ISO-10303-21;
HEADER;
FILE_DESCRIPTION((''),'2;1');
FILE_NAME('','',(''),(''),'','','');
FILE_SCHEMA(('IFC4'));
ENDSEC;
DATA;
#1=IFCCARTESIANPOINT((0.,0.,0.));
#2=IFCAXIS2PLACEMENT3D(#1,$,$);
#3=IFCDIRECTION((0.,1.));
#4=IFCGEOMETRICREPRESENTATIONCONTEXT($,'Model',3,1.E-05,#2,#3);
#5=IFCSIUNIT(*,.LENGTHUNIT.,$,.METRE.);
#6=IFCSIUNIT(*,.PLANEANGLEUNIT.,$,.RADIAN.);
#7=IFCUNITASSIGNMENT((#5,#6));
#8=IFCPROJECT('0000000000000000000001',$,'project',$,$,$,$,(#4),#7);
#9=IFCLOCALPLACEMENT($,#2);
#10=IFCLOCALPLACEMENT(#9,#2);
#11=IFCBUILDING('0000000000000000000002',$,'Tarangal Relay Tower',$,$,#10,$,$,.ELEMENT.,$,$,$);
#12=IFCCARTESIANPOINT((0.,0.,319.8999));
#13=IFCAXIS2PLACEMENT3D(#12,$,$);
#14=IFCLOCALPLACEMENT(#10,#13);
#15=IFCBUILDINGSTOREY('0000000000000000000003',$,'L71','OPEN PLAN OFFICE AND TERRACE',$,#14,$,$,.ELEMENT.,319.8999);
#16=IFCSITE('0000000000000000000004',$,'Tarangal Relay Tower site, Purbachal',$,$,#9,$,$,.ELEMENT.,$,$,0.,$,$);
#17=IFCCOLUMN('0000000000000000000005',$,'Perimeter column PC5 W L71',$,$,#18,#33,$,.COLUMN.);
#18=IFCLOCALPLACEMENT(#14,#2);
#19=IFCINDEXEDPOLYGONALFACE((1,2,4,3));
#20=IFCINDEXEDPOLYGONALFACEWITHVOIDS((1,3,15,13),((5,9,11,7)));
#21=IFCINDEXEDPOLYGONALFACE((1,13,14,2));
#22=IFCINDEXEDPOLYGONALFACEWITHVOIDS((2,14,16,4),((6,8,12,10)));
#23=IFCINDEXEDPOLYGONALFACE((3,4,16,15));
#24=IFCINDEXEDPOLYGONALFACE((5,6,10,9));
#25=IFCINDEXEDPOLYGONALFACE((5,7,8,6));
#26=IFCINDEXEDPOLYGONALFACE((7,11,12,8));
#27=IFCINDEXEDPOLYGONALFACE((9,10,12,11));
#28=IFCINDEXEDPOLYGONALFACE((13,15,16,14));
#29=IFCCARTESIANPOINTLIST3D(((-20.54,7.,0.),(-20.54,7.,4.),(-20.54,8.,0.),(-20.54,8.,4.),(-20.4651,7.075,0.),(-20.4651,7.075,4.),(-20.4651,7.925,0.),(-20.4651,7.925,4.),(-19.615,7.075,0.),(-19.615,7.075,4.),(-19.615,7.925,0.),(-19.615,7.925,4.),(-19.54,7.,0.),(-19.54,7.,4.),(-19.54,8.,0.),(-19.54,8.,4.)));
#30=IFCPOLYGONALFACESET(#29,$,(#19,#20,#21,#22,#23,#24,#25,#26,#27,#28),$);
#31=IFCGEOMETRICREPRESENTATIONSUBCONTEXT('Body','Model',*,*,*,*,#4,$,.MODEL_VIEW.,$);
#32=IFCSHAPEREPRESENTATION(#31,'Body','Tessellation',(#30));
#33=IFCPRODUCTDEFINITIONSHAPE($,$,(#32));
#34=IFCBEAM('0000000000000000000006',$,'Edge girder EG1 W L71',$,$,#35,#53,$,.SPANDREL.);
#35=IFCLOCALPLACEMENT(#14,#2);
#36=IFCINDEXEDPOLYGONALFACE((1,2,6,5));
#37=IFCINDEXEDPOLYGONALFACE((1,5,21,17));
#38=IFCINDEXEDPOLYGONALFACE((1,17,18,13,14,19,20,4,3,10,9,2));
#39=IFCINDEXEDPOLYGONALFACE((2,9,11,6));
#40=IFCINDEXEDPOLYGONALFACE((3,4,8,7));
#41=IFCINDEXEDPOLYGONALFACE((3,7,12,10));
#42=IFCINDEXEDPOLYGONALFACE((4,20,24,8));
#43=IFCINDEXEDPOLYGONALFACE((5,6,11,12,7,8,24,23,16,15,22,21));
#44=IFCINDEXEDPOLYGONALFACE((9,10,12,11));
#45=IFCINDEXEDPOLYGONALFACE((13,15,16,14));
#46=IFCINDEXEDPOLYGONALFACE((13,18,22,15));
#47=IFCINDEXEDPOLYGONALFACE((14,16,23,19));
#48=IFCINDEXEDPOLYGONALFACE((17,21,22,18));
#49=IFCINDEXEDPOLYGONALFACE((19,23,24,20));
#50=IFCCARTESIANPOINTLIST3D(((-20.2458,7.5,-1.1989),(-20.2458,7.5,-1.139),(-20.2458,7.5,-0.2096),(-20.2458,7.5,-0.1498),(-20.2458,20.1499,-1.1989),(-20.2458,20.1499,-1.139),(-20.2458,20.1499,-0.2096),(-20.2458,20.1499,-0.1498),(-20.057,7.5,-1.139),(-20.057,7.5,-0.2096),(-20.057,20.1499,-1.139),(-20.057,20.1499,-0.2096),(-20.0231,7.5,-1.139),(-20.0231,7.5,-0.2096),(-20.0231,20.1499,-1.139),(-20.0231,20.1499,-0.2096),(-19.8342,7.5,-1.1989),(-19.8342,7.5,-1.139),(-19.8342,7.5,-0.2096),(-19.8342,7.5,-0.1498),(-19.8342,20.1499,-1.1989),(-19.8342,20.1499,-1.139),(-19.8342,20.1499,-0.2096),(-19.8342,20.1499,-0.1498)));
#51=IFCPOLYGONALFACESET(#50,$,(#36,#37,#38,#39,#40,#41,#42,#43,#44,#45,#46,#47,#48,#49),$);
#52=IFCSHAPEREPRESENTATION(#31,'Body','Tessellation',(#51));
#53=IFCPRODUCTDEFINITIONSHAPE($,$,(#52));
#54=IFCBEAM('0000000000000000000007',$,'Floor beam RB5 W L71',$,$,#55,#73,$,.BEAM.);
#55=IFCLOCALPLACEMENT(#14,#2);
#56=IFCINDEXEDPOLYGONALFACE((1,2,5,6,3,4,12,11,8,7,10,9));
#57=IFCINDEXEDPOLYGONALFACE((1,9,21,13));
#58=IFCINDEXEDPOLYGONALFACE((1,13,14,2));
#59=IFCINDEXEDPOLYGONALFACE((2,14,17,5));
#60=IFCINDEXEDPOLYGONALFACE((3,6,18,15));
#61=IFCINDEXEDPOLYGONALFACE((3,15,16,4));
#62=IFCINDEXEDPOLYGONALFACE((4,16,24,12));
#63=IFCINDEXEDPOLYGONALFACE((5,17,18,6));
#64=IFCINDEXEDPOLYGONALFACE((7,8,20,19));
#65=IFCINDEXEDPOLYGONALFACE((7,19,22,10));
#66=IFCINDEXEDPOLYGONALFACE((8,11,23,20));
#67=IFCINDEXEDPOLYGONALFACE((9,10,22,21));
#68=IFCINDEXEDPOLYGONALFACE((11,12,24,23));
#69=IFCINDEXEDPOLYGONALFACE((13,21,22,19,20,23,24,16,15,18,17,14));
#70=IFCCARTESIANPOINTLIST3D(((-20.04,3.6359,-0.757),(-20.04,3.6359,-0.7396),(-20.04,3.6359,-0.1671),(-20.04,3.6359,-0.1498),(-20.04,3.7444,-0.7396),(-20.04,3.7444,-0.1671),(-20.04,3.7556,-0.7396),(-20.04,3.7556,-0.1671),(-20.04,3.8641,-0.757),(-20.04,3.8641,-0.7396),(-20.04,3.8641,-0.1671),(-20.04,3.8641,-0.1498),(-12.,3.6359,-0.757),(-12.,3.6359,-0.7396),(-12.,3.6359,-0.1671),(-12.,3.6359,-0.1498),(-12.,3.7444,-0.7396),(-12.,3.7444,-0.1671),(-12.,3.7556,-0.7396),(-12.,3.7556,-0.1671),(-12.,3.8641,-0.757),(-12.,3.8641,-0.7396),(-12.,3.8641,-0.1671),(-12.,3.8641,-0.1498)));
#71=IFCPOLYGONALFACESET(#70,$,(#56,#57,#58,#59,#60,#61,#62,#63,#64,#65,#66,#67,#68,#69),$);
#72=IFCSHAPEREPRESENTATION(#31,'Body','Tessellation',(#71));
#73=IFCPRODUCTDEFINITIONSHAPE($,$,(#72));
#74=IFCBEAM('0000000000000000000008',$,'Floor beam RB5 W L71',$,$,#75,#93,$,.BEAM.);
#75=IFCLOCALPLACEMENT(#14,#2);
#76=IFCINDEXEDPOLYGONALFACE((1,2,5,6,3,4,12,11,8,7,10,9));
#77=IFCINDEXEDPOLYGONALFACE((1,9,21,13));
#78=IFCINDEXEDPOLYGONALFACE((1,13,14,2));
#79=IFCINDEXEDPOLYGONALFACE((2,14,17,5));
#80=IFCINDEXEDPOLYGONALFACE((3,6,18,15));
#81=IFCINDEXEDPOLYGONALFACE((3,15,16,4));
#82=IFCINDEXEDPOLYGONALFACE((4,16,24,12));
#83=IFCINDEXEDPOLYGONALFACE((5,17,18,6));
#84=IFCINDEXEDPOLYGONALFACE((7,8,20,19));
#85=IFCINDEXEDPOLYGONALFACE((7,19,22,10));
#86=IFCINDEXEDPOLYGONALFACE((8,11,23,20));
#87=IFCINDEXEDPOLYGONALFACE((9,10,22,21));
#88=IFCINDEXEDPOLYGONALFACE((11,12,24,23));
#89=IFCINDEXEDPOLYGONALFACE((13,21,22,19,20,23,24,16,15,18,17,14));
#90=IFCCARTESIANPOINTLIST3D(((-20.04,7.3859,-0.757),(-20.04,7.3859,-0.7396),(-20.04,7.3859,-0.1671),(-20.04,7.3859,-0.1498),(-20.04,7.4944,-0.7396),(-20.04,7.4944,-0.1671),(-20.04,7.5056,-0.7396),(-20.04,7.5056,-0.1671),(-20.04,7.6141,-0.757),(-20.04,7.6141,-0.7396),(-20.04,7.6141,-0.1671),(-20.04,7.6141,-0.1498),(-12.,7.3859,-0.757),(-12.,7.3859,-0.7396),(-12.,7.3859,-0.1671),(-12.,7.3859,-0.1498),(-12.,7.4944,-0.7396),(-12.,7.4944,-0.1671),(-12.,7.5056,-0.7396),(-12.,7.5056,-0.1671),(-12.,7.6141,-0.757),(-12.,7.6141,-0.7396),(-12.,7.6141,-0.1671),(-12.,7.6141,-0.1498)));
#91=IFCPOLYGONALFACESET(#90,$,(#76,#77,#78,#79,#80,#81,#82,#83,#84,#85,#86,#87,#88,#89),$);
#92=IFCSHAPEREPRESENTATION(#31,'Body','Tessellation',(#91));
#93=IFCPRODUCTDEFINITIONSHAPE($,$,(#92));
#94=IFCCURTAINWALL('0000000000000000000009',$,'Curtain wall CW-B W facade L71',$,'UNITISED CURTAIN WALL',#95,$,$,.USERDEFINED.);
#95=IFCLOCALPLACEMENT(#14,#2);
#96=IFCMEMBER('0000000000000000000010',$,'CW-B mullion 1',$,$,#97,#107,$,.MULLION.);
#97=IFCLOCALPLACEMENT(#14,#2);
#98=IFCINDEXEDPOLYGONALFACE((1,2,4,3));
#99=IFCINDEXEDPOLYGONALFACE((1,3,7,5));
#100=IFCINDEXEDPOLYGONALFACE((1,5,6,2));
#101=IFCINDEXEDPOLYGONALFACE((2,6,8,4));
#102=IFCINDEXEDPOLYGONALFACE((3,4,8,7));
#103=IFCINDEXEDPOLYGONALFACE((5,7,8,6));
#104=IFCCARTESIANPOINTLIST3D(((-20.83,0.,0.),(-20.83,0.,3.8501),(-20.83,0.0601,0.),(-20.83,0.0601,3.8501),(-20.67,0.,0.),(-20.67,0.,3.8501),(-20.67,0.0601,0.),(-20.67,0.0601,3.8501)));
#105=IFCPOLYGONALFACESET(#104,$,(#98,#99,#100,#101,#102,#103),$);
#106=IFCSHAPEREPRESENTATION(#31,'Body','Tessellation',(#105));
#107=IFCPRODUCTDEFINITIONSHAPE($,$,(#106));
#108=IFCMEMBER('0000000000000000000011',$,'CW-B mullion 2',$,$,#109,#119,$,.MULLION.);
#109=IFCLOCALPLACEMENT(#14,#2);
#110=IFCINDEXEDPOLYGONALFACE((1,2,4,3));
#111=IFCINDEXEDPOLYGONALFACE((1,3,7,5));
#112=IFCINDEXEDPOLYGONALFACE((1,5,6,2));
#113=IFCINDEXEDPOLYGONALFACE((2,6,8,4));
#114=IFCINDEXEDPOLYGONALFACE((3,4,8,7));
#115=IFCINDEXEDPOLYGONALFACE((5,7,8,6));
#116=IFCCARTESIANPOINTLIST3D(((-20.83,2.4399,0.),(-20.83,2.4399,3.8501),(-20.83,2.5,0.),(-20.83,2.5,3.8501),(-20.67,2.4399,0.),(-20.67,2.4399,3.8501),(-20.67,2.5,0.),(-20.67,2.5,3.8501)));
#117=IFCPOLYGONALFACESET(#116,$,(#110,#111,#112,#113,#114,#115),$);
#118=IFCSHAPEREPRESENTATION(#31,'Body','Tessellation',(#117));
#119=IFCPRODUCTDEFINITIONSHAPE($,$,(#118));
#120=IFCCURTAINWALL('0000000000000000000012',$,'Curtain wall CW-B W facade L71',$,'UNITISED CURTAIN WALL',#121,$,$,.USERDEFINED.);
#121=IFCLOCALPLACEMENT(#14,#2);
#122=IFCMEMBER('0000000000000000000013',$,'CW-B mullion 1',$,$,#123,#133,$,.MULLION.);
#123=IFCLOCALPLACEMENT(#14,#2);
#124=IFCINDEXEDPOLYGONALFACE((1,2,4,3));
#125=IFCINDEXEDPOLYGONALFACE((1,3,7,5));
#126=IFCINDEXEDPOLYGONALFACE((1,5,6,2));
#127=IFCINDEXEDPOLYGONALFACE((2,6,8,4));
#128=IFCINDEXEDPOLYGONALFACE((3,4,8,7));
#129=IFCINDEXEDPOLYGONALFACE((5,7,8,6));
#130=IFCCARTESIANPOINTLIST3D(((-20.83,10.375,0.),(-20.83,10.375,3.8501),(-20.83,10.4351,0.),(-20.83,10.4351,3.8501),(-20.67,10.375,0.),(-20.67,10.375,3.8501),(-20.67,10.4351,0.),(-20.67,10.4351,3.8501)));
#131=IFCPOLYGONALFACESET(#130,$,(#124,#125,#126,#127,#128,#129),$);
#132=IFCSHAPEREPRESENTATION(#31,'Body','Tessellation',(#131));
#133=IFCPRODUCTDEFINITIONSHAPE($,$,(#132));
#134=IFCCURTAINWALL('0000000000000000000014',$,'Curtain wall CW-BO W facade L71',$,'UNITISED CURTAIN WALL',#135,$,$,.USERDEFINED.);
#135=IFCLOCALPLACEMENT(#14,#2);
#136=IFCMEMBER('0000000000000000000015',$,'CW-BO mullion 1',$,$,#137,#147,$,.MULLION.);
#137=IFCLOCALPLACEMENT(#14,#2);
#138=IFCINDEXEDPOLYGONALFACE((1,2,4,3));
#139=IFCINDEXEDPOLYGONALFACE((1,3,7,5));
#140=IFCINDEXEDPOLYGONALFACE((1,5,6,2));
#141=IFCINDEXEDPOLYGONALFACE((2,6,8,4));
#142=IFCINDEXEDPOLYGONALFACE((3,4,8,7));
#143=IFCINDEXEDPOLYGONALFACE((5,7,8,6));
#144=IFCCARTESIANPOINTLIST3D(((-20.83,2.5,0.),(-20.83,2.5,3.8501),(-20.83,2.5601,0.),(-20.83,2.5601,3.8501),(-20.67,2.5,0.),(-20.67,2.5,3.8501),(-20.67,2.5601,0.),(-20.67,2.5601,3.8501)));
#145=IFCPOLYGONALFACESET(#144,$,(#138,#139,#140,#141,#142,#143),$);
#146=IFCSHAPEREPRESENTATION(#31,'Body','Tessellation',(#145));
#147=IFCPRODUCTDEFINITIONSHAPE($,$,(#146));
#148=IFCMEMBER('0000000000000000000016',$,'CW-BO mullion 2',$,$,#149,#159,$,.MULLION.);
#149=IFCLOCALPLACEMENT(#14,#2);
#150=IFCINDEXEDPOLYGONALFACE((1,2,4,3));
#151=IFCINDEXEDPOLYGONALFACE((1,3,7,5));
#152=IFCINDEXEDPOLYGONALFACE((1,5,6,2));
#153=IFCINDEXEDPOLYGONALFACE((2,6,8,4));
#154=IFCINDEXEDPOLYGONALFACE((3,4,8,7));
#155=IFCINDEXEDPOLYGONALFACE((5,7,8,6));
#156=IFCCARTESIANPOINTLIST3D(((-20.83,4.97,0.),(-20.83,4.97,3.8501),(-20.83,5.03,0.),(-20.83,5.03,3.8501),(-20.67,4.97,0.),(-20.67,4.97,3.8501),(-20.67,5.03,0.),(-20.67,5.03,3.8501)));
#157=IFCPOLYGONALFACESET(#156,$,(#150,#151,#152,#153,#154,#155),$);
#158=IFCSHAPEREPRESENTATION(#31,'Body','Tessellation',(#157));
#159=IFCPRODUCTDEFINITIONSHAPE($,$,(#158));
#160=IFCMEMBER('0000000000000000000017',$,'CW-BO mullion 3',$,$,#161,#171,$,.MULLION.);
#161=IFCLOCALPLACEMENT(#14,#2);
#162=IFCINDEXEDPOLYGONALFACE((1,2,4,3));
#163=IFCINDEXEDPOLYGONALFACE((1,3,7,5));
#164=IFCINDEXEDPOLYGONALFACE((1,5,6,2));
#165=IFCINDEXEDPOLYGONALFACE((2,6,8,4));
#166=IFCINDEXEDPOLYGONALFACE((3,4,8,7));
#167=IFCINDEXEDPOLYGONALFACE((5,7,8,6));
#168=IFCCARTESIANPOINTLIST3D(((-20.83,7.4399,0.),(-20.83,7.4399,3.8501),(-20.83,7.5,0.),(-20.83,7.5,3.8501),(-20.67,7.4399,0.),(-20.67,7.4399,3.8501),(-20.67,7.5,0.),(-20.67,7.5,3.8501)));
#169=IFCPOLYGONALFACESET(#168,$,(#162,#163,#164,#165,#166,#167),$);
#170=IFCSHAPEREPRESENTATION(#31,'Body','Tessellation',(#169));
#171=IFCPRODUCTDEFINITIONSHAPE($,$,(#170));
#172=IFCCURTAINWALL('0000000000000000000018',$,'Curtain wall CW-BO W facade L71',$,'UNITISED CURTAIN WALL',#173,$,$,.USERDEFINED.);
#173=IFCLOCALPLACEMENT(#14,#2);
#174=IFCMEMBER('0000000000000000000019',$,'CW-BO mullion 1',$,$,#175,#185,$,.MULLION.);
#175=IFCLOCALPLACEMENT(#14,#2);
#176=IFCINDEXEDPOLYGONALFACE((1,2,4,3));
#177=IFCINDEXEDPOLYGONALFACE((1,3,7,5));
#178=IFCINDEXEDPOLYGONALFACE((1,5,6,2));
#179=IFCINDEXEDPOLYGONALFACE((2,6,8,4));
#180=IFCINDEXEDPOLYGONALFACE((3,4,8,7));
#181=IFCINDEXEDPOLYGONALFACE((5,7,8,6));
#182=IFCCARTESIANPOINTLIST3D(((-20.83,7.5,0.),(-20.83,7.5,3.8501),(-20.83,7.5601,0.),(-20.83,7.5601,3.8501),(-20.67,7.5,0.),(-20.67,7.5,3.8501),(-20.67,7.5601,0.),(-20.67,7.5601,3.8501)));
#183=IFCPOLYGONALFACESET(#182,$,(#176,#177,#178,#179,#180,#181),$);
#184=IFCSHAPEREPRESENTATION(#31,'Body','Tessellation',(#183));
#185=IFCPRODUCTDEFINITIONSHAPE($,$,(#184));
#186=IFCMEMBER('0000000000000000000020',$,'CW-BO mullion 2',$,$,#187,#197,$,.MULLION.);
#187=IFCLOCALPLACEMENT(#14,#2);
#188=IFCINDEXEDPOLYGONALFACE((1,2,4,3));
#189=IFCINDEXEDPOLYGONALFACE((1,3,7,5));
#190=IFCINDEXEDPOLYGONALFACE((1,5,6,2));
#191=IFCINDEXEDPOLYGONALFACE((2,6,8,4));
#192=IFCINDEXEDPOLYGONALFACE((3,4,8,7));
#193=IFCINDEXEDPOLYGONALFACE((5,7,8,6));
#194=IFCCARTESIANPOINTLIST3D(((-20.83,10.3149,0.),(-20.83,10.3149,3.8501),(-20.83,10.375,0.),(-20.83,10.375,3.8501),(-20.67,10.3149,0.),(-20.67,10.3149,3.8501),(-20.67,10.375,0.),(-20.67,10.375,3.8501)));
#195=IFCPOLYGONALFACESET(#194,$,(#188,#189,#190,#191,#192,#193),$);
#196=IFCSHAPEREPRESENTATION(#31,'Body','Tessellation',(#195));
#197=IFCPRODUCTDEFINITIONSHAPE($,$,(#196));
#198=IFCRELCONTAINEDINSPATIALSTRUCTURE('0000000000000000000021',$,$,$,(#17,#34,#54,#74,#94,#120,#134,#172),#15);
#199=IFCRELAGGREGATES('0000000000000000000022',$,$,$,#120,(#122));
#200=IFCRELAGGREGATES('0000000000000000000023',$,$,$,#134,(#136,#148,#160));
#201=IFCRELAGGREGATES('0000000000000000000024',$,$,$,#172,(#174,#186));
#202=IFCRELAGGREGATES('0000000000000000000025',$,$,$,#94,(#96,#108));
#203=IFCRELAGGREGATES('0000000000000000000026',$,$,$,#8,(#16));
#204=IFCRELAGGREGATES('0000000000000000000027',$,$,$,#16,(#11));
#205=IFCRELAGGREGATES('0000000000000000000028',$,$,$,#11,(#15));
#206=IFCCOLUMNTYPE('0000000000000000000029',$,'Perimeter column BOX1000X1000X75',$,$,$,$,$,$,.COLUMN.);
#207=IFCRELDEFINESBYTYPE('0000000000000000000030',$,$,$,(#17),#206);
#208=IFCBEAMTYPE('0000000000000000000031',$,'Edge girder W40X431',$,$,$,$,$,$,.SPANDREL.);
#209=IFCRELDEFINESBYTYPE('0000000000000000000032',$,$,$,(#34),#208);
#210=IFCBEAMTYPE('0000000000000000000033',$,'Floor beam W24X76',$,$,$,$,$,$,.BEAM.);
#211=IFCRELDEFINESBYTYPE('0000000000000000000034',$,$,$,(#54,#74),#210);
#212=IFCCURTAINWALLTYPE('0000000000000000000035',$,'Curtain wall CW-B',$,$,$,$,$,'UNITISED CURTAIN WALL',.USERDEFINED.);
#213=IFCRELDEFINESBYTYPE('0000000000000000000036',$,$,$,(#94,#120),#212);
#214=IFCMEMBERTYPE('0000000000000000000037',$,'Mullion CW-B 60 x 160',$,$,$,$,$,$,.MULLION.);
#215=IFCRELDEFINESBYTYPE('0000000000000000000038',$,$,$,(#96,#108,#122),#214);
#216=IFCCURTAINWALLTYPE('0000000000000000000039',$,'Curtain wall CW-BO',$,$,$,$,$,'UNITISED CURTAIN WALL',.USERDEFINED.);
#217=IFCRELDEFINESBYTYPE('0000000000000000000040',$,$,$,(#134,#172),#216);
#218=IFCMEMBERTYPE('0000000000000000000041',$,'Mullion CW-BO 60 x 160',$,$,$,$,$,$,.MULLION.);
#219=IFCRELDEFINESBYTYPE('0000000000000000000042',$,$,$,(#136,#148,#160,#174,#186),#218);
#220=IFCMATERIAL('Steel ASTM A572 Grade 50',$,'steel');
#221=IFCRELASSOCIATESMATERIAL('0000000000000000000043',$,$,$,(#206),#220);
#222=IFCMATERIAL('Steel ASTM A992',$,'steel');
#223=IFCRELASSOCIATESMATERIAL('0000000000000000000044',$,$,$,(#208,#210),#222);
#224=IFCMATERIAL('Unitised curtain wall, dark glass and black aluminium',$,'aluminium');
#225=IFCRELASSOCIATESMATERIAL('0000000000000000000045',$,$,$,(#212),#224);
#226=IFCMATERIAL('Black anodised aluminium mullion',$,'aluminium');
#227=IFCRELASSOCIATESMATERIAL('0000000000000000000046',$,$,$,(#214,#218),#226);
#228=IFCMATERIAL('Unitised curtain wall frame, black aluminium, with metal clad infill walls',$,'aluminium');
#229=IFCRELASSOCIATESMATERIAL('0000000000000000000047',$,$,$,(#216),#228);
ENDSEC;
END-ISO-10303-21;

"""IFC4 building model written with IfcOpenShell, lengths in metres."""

from ifc_helpers import new_model, si_unit, direction, frame, origin, origin_2d, place, context, subcontext, project, spatial, rectangle, hollow_rectangle, i_section, extrude, material, material_profile, profile_set, type_object, element, aggregate, save


model = new_model("IFC4")

# Units and contexts
model_context = context("Model", 3, precision=1e-05, world=origin(), true_north=direction((0.0, 1.0)))
body_context = subcontext(model_context, "Body", "Model", "MODEL_VIEW")
ifc_project = project(units=[si_unit("LENGTHUNIT", "METRE"), si_unit("PLANEANGLEUNIT", "RADIAN")], contexts=[model_context])

# Site, building, storey
site_placement = place(None, origin())
site = spatial("IfcSite", under=ifc_project, at=site_placement, Name="Tarangal Relay Tower site, Purbachal", CompositionType="ELEMENT", RefElevation=0.0)
building_placement = place(site_placement, origin())
building = spatial("IfcBuilding", under=site, at=building_placement, Name="Tarangal Relay Tower", CompositionType="ELEMENT")
storey_placement = place(building_placement, frame((0.0, 0.0, 319.8999)))
storey = spatial("IfcBuildingStorey", under=building, at=storey_placement, Name="L71", Description="OPEN PLAN OFFICE AND TERRACE", CompositionType="ELEMENT", Elevation=319.8999)

# Column
ifc_material_1 = material(Name="Steel ASTM A572 Grade 50", Category="steel")
ifc_material_profile_1 = material_profile(ifc_material_1, hollow_rectangle(XDim=1.0, YDim=1.0, WallThickness=0.075, at=origin_2d()), Name="BOX1000X1000X75")
ifc_profile_set_1 = profile_set([ifc_material_profile_1], Name="Steel ASTM A572 Grade 50")
column_type = type_object("IfcColumnType", Name="Perimeter column BOX1000X1000X75", PredefinedType="COLUMN", material=ifc_profile_set_1)
column_placement = place(storey_placement, frame((-20.04, 7.5, 0.0), z_axis=(0.0, 0.0, 1.0), x_axis=(1.0, 0.0, 0.0)))
element("IfcColumn", 1, at=column_placement, inside=storey, type_object=column_type, Name="Perimeter column PC5 W L71", PredefinedType="COLUMN", context=body_context, shape_type="SweptSolid", body=[
    extrude(hollow_rectangle(XDim=1.0, YDim=1.0, WallThickness=0.075, at=origin_2d()), origin(), (0.0, 0.0, 1.0), 4.0),
])

# Beams
ifc_material_2 = material(Name="Steel ASTM A992", Category="steel")
ifc_material_profile_2 = material_profile(ifc_material_2, i_section(OverallWidth=0.4116, OverallDepth=1.0491, WebThickness=0.0339, FlangeThickness=0.0598, at=origin_2d()), Name="W40X431")
ifc_profile_set_2 = profile_set([ifc_material_profile_2], Name="Steel ASTM A992")
beam_type_1 = type_object("IfcBeamType", Name="Edge girder W40X431", PredefinedType="SPANDREL", material=ifc_profile_set_2)
beam_placement = place(storey_placement, frame((-20.04, 7.5, -0.6743), z_axis=(0.0, 1.0, 0.0), x_axis=(-1.0, 0.0, 0.0)))
element("IfcBeam", 2, at=beam_placement, inside=storey, type_object=beam_type_1, Name="Edge girder EG1 W L71", PredefinedType="SPANDREL", context=body_context, shape_type="SweptSolid", body=[
    extrude(i_section(OverallWidth=0.4116, OverallDepth=1.0491, WebThickness=0.0339, FlangeThickness=0.0598, at=origin_2d()), origin(), (0.0, 0.0, 1.0), 12.6499),
])
ifc_material_profile_3 = material_profile(ifc_material_2, i_section(OverallWidth=0.2283, OverallDepth=0.6072, WebThickness=0.0112, FlangeThickness=0.0173, at=origin_2d()), Name="W24X76")
ifc_profile_set_3 = profile_set([ifc_material_profile_3], Name="Steel ASTM A992")
beam_type_2 = type_object("IfcBeamType", Name="Floor beam W24X76", PredefinedType="BEAM", material=ifc_profile_set_3)
for number, where, z_axis, x_axis, name in (
    (3, (-12.0, 3.75, -0.4534), (-1.0, 0.0, 0.0), (0.0, -1.0, 0.0), "Floor beam RB5 W L71"),
    (4, (-12.0, 7.5, -0.4534), (-1.0, 0.0, 0.0), (0.0, -1.0, 0.0), "Floor beam RB5 W L71"),
):
    element("IfcBeam", number, at=place(storey_placement, frame(where, z_axis=z_axis, x_axis=x_axis)), inside=storey, type_object=beam_type_2, Name=name, PredefinedType="BEAM", context=body_context, shape_type="SweptSolid", body=[
        extrude(i_section(OverallWidth=0.2283, OverallDepth=0.6072, WebThickness=0.0112, FlangeThickness=0.0173, at=origin_2d()), origin(), (0.0, 0.0, 1.0), 8.04),
    ])

# Curtain wall, members
ifc_material_3 = material(Name="Unitised curtain wall, dark glass and black aluminium", Category="aluminium")
curtain_wall_type_1 = type_object("IfcCurtainWallType", Name="Curtain wall CW-B", ElementType="UNITISED CURTAIN WALL", PredefinedType="USERDEFINED", material=ifc_material_3)
curtain_wall_1_placement = place(storey_placement, origin())
curtain_wall_1 = element("IfcCurtainWall", 5, at=curtain_wall_1_placement, inside=storey, type_object=curtain_wall_type_1, Name="Curtain wall CW-B W facade L71", ObjectType="UNITISED CURTAIN WALL", PredefinedType="USERDEFINED")
ifc_material_4 = material(Name="Black anodised aluminium mullion", Category="aluminium")
ifc_material_profile_4 = material_profile(ifc_material_4, rectangle(XDim=0.1599, YDim=0.0601, at=origin_2d()), Name="CW-BM 60X160")
ifc_profile_set_4 = profile_set([ifc_material_profile_4], Name="Black anodised aluminium mullion")
member_type_1 = type_object("IfcMemberType", Name="Mullion CW-B 60 x 160", PredefinedType="MULLION", material=ifc_profile_set_4)
member_1_placement = place(storey_placement, frame((-20.75, 0.03, 0.0), z_axis=(0.0, 0.0, 1.0), x_axis=(-1.0, 0.0, 0.0)))
member_1 = element("IfcMember", 6, at=member_1_placement, type_object=member_type_1, Name="CW-B mullion 1", PredefinedType="MULLION", context=body_context, shape_type="SweptSolid", body=[
    extrude(rectangle(XDim=0.1599, YDim=0.0601, at=origin_2d()), origin(), (0.0, 0.0, 1.0), 3.8501),
])
member_2_placement = place(storey_placement, frame((-20.75, 2.47, 0.0), z_axis=(0.0, 0.0, 1.0), x_axis=(-1.0, 0.0, 0.0)))
member_2 = element("IfcMember", 7, at=member_2_placement, type_object=member_type_1, Name="CW-B mullion 2", PredefinedType="MULLION", context=body_context, shape_type="SweptSolid", body=[
    extrude(rectangle(XDim=0.1599, YDim=0.0601, at=origin_2d()), origin(), (0.0, 0.0, 1.0), 3.8501),
])

# Curtain wall, member
curtain_wall_2_placement = place(storey_placement, origin())
curtain_wall_2 = element("IfcCurtainWall", 8, at=curtain_wall_2_placement, inside=storey, type_object=curtain_wall_type_1, Name="Curtain wall CW-B W facade L71", ObjectType="UNITISED CURTAIN WALL", PredefinedType="USERDEFINED")
member_3_placement = place(storey_placement, frame((-20.75, 10.405, 0.0), z_axis=(0.0, 0.0, 1.0), x_axis=(-1.0, 0.0, 0.0)))
member_3 = element("IfcMember", 9, at=member_3_placement, type_object=member_type_1, Name="CW-B mullion 1", PredefinedType="MULLION", context=body_context, shape_type="SweptSolid", body=[
    extrude(rectangle(XDim=0.1599, YDim=0.0601, at=origin_2d()), origin(), (0.0, 0.0, 1.0), 3.8501),
])

# Curtain walls, members
ifc_material_5 = material(Name="Unitised curtain wall frame, black aluminium, with metal clad infill walls", Category="aluminium")
curtain_wall_type_2 = type_object("IfcCurtainWallType", Name="Curtain wall CW-BO", ElementType="UNITISED CURTAIN WALL", PredefinedType="USERDEFINED", material=ifc_material_5)
curtain_wall_3_placement = place(storey_placement, origin())
curtain_wall_3 = element("IfcCurtainWall", 10, at=curtain_wall_3_placement, inside=storey, type_object=curtain_wall_type_2, Name="Curtain wall CW-BO W facade L71", ObjectType="UNITISED CURTAIN WALL", PredefinedType="USERDEFINED")
ifc_material_profile_5 = material_profile(ifc_material_4, rectangle(XDim=0.1599, YDim=0.0601, at=origin_2d()), Name="CW-BOM 60X160")
ifc_profile_set_5 = profile_set([ifc_material_profile_5], Name="Black anodised aluminium mullion")
member_type_2 = type_object("IfcMemberType", Name="Mullion CW-BO 60 x 160", PredefinedType="MULLION", material=ifc_profile_set_5)
member_4_placement = place(storey_placement, frame((-20.75, 2.53, 0.0), z_axis=(0.0, 0.0, 1.0), x_axis=(-1.0, 0.0, 0.0)))
member_4 = element("IfcMember", 11, at=member_4_placement, type_object=member_type_2, Name="CW-BO mullion 1", PredefinedType="MULLION", context=body_context, shape_type="SweptSolid", body=[
    extrude(rectangle(XDim=0.1599, YDim=0.0601, at=origin_2d()), origin(), (0.0, 0.0, 1.0), 3.8501),
])
member_5_placement = place(storey_placement, frame((-20.75, 5.0, 0.0), z_axis=(0.0, 0.0, 1.0), x_axis=(-1.0, 0.0, 0.0)))
member_5 = element("IfcMember", 12, at=member_5_placement, type_object=member_type_2, Name="CW-BO mullion 2", PredefinedType="MULLION", context=body_context, shape_type="SweptSolid", body=[
    extrude(rectangle(XDim=0.1599, YDim=0.0601, at=origin_2d()), origin(), (0.0, 0.0, 1.0), 3.8501),
])
member_6_placement = place(storey_placement, frame((-20.75, 7.47, 0.0), z_axis=(0.0, 0.0, 1.0), x_axis=(-1.0, 0.0, 0.0)))
member_6 = element("IfcMember", 13, at=member_6_placement, type_object=member_type_2, Name="CW-BO mullion 3", PredefinedType="MULLION", context=body_context, shape_type="SweptSolid", body=[
    extrude(rectangle(XDim=0.1599, YDim=0.0601, at=origin_2d()), origin(), (0.0, 0.0, 1.0), 3.8501),
])
curtain_wall_4_placement = place(storey_placement, origin())
curtain_wall_4 = element("IfcCurtainWall", 14, at=curtain_wall_4_placement, inside=storey, type_object=curtain_wall_type_2, Name="Curtain wall CW-BO W facade L71", ObjectType="UNITISED CURTAIN WALL", PredefinedType="USERDEFINED")
member_7_placement = place(storey_placement, frame((-20.75, 7.53, 0.0), z_axis=(0.0, 0.0, 1.0), x_axis=(-1.0, 0.0, 0.0)))
member_7 = element("IfcMember", 15, at=member_7_placement, type_object=member_type_2, Name="CW-BO mullion 1", PredefinedType="MULLION", context=body_context, shape_type="SweptSolid", body=[
    extrude(rectangle(XDim=0.1599, YDim=0.0601, at=origin_2d()), origin(), (0.0, 0.0, 1.0), 3.8501),
])
member_8_placement = place(storey_placement, frame((-20.75, 10.345, 0.0), z_axis=(0.0, 0.0, 1.0), x_axis=(-1.0, 0.0, 0.0)))
member_8 = element("IfcMember", 16, at=member_8_placement, type_object=member_type_2, Name="CW-BO mullion 2", PredefinedType="MULLION", context=body_context, shape_type="SweptSolid", body=[
    extrude(rectangle(XDim=0.1599, YDim=0.0601, at=origin_2d()), origin(), (0.0, 0.0, 1.0), 3.8501),
])

aggregate(curtain_wall_2, [member_3])
aggregate(curtain_wall_3, [member_4, member_5, member_6])
aggregate(curtain_wall_4, [member_7, member_8])

aggregate(curtain_wall_1, [member_1, member_2])

save(model, "model.ifc")
